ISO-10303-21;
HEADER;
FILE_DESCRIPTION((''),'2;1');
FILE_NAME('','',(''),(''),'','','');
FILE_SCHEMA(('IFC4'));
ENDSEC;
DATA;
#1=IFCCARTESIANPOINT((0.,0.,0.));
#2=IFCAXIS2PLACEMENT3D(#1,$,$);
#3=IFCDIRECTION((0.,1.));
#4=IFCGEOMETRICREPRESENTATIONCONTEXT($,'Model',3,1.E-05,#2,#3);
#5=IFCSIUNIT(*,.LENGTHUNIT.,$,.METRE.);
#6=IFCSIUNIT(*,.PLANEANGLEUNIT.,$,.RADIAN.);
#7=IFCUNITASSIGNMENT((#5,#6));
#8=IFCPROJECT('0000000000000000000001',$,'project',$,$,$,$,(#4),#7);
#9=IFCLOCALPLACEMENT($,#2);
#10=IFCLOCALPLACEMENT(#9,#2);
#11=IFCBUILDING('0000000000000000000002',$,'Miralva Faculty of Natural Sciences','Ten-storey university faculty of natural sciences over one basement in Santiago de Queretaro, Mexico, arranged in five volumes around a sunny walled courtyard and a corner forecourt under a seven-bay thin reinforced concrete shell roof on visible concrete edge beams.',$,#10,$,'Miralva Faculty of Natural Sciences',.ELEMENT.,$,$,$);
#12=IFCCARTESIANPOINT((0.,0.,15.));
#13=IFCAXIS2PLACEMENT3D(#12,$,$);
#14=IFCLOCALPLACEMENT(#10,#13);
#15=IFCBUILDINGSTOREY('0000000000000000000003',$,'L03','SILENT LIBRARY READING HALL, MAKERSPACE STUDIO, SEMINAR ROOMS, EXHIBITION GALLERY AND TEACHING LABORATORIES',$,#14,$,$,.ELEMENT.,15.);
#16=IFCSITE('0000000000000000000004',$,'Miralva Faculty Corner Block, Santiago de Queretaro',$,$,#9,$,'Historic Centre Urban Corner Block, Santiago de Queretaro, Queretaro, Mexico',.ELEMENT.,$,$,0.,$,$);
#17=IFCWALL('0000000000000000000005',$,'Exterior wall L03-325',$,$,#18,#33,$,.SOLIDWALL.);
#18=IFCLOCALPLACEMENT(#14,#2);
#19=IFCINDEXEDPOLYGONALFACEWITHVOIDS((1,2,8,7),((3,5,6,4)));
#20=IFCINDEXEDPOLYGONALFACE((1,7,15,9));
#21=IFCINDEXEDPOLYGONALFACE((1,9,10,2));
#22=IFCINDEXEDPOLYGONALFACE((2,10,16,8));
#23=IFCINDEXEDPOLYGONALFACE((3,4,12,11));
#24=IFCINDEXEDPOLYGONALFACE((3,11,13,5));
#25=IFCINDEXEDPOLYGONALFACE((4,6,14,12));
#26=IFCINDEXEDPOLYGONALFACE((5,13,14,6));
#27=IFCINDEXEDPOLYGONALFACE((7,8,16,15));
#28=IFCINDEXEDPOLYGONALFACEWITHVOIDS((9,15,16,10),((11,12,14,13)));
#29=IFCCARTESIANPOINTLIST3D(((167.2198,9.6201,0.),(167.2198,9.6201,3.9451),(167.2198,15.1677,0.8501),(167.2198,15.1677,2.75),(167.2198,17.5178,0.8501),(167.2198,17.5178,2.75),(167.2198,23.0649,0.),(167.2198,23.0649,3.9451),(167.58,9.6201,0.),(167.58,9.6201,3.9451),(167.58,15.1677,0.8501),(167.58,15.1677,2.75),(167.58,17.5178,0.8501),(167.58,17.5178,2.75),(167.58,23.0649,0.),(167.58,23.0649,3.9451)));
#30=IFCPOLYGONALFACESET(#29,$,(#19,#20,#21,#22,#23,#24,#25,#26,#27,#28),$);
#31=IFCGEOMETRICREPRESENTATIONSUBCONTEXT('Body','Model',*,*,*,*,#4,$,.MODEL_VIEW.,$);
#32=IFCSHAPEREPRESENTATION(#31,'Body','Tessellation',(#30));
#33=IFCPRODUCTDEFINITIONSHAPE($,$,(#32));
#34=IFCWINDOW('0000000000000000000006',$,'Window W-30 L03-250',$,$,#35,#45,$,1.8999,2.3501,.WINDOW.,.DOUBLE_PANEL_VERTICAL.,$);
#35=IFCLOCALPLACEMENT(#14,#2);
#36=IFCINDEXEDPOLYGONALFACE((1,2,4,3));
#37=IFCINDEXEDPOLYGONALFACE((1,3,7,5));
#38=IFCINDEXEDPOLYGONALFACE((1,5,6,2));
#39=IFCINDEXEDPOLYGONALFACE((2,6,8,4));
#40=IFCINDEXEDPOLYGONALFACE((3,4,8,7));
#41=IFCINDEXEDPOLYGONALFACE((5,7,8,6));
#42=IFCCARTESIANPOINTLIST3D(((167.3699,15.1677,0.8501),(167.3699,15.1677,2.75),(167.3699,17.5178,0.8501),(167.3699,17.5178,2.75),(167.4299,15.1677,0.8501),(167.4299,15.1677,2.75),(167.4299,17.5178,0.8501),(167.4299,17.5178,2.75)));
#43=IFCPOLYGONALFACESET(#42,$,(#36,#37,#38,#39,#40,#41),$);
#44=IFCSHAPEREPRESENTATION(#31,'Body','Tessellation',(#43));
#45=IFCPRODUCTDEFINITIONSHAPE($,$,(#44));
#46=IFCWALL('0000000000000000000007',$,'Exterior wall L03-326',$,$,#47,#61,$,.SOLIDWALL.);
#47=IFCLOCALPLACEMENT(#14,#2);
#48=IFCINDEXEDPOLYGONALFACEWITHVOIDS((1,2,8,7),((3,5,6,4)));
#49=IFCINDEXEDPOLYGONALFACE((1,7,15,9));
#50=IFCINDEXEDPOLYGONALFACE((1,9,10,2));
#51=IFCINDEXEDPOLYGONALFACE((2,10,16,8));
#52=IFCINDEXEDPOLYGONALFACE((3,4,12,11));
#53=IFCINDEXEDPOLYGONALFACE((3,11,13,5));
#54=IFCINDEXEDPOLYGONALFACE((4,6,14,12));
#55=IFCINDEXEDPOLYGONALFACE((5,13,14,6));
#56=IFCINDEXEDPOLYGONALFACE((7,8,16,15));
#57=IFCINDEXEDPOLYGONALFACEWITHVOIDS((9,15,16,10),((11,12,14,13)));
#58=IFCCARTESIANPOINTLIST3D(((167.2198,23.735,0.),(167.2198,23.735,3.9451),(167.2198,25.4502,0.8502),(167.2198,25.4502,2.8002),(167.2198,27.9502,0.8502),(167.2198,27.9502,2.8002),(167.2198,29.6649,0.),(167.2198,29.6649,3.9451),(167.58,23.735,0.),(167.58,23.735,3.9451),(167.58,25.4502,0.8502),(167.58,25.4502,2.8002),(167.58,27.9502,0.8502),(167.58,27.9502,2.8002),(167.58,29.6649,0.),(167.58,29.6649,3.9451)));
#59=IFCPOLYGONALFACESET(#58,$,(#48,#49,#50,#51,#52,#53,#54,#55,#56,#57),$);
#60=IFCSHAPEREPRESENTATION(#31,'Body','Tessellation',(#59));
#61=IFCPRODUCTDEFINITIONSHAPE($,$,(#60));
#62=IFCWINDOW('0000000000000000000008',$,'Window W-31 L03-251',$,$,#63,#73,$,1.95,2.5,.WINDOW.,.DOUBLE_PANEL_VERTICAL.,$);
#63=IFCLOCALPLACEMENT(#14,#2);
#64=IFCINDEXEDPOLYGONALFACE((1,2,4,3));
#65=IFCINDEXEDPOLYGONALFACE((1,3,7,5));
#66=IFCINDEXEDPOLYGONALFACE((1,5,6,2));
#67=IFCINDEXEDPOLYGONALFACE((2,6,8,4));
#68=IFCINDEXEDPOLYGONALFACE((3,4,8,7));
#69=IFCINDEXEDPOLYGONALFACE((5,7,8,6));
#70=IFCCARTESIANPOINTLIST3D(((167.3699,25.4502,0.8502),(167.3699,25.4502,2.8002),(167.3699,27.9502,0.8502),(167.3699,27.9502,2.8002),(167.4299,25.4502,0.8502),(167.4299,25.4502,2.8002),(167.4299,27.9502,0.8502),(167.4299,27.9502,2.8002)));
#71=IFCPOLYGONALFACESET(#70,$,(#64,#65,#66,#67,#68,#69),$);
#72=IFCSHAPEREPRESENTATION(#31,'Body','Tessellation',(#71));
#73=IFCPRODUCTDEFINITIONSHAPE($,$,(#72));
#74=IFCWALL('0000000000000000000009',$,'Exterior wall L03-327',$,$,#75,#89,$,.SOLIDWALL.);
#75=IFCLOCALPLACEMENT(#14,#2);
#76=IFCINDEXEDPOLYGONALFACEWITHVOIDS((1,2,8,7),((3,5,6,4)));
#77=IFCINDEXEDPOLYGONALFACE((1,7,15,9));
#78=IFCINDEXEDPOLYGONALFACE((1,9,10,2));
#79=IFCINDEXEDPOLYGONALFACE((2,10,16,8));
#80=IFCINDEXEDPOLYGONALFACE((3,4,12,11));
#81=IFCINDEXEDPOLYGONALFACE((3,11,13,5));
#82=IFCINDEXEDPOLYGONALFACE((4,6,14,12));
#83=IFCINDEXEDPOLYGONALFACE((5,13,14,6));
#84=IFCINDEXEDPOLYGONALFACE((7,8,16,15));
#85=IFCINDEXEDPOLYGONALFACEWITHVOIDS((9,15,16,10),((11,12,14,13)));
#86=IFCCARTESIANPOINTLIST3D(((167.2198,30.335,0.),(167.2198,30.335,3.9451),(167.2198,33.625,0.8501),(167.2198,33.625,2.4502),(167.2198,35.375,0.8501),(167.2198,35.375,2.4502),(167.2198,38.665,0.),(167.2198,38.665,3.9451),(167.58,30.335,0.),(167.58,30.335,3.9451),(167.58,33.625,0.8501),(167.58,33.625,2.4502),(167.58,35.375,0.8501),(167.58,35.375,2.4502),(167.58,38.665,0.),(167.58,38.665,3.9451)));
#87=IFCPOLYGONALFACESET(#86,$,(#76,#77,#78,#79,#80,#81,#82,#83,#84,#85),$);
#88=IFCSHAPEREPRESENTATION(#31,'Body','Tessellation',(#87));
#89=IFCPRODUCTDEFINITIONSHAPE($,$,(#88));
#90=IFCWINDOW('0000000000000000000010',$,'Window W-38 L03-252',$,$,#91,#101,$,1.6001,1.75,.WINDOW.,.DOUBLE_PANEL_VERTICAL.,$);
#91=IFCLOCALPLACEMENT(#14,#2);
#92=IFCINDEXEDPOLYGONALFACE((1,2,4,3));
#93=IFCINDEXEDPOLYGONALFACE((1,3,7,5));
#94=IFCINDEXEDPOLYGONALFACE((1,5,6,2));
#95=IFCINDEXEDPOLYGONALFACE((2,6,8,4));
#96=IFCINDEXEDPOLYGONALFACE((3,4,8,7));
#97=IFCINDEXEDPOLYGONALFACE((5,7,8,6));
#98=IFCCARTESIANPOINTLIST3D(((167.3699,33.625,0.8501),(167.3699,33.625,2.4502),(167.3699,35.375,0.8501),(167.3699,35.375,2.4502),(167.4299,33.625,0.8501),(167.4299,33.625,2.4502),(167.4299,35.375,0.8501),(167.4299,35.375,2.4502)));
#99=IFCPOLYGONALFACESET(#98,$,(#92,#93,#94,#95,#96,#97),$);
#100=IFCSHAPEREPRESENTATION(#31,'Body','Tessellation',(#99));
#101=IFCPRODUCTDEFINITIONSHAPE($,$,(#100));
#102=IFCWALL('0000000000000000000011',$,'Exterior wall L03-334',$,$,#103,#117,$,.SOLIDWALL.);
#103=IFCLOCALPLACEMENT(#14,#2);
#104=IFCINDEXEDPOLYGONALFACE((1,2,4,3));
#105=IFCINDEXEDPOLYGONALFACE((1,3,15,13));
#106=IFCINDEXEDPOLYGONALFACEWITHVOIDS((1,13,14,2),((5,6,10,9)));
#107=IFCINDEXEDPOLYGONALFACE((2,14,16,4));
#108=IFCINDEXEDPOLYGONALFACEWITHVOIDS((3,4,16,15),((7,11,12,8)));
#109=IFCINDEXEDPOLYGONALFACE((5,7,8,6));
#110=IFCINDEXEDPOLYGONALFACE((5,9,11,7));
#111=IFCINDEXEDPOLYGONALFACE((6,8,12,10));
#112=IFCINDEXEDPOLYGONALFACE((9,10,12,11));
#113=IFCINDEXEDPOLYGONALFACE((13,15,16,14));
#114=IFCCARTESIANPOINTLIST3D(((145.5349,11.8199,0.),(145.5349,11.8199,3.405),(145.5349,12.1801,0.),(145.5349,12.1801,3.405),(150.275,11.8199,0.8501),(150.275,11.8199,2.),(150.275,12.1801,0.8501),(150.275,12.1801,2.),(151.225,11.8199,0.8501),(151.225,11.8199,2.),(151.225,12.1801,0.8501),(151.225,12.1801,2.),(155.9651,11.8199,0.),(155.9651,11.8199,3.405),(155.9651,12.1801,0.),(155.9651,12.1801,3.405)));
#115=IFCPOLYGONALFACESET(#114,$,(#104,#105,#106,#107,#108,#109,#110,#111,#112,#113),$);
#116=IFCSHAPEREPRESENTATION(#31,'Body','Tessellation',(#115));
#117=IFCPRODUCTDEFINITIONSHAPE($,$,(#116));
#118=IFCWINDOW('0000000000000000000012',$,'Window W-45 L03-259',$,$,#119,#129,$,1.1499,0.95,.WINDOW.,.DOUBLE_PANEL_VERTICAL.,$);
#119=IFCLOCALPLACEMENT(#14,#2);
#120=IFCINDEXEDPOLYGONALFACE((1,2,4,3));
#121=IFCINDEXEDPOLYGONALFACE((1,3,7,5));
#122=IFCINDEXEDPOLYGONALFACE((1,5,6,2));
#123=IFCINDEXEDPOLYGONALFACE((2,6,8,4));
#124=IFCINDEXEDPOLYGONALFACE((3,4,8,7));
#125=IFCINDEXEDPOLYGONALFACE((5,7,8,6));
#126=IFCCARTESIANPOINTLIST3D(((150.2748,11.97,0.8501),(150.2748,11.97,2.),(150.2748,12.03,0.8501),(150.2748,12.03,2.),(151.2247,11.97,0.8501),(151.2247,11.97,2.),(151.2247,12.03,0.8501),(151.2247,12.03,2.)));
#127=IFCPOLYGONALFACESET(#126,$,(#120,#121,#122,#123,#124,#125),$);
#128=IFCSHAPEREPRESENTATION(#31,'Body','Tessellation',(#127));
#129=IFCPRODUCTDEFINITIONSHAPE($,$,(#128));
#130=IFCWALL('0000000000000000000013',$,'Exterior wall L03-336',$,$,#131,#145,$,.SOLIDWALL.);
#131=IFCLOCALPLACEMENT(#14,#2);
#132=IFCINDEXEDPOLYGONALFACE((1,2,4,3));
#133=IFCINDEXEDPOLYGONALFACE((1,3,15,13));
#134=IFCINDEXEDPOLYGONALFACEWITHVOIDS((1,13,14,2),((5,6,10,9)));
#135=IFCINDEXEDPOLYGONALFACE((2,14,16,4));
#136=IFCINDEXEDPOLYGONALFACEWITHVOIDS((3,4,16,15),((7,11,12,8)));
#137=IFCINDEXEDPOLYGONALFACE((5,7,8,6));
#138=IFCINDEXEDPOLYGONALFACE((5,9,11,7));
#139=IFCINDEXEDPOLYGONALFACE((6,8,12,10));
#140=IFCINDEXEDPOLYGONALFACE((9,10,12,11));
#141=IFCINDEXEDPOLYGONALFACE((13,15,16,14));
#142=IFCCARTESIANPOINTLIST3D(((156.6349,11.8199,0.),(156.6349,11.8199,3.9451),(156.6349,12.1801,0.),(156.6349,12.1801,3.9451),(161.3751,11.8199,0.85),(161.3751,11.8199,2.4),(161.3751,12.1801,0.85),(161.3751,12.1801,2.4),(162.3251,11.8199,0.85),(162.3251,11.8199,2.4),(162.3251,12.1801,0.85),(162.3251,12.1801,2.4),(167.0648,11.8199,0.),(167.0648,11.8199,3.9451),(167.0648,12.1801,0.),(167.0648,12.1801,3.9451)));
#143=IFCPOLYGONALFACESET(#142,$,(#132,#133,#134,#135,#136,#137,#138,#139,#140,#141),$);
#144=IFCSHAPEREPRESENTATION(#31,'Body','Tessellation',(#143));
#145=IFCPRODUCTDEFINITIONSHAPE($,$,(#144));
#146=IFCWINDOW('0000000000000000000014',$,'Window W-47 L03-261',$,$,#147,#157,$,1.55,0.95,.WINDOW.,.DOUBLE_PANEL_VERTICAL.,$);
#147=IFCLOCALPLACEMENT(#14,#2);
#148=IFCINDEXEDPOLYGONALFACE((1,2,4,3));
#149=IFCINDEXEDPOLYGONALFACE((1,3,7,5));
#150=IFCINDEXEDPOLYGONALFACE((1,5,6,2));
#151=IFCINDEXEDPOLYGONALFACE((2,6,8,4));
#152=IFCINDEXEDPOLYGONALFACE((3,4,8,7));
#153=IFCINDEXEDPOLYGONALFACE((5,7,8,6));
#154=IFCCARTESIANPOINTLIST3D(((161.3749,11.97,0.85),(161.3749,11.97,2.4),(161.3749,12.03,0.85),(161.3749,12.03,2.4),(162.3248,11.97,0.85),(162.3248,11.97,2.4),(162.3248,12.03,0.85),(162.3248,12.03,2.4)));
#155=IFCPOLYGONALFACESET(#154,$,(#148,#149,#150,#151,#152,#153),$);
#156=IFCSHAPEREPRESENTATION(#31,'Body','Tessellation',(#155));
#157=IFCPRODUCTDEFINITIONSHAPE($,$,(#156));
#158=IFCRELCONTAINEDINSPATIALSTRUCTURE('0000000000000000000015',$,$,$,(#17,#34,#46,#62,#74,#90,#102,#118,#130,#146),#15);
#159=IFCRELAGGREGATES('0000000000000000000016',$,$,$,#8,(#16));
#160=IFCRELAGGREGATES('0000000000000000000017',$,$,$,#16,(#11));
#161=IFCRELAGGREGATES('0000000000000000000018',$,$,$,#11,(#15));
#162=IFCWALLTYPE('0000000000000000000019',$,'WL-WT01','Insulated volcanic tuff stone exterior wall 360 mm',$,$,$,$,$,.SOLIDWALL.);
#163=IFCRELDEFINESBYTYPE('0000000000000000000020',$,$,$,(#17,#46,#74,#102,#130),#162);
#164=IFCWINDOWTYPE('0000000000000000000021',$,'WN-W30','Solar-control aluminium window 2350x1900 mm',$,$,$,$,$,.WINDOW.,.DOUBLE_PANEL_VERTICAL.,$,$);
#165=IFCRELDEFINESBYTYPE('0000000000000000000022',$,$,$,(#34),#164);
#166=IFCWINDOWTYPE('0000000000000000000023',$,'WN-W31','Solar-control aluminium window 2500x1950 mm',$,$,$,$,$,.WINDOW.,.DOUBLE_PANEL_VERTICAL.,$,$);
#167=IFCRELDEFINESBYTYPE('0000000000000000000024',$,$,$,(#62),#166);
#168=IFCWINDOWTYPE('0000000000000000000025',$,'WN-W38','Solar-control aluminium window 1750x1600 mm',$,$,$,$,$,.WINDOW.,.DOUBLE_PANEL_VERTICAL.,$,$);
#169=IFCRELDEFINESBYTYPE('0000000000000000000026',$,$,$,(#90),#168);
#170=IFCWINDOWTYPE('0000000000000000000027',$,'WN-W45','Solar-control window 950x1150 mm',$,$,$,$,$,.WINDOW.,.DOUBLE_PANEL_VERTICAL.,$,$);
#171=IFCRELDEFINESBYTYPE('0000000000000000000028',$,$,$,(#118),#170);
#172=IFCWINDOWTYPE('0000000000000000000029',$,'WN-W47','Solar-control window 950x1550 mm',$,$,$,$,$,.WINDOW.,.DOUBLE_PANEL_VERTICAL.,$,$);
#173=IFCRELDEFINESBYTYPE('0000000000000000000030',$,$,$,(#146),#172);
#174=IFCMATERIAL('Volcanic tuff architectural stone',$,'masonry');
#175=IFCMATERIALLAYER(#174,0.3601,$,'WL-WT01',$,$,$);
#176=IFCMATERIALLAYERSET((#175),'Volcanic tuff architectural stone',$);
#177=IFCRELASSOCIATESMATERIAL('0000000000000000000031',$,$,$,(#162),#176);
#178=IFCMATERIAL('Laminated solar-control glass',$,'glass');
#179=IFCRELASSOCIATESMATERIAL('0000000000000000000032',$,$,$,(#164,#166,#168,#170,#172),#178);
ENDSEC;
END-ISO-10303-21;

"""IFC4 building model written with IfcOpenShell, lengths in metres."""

from ifc_helpers import new_model, si_unit, direction, frame, frame_2d, origin, place, context, subcontext, project, spatial, rectangle, extrude, material, layer, layer_set, type_object, element, fill, save


model = new_model("IFC4")

# Units and contexts
model_context = context("Model", 3, precision=1e-05, world=origin(), true_north=direction((0.0, 1.0)))
body_context = subcontext(model_context, "Body", "Model", "MODEL_VIEW")
ifc_project = project(units=[si_unit("LENGTHUNIT", "METRE"), si_unit("PLANEANGLEUNIT", "RADIAN")], contexts=[model_context])

# Site, building, storey
site_placement = place(None, origin())
site = spatial("IfcSite", under=ifc_project, at=site_placement, Name="Miralva Faculty Corner Block, Santiago de Queretaro", LongName="Historic Centre Urban Corner Block, Santiago de Queretaro, Queretaro, Mexico", CompositionType="ELEMENT", RefElevation=0.0)
building_placement = place(site_placement, origin())
building = spatial("IfcBuilding", under=site, at=building_placement, Name="Miralva Faculty of Natural Sciences", Description="Ten-storey university faculty of natural sciences over one basement in Santiago de Queretaro, Mexico, arranged in five volumes around a sunny walled courtyard and a corner forecourt under a seven-bay thin reinforced concrete shell roof on visible concrete edge beams.", LongName="Miralva Faculty of Natural Sciences", CompositionType="ELEMENT")
storey_placement = place(building_placement, frame((0.0, 0.0, 15.0)))
storey = spatial("IfcBuildingStorey", under=building, at=storey_placement, Name="L03", Description="SILENT LIBRARY READING HALL, MAKERSPACE STUDIO, SEMINAR ROOMS, EXHIBITION GALLERY AND TEACHING LABORATORIES", CompositionType="ELEMENT", Elevation=15.0)

# Walls, openings, windows
ifc_material_1 = material(Name="Volcanic tuff architectural stone", Category="masonry")
ifc_layer = layer(ifc_material_1, 0.3601, Name="WL-WT01")
ifc_layer_set = layer_set([ifc_layer], Name="Volcanic tuff architectural stone")
wall_type = type_object("IfcWallType", Name="WL-WT01", Description="Insulated volcanic tuff stone exterior wall 360 mm", PredefinedType="SOLIDWALL", material=ifc_layer_set)
wall_1_placement = place(storey_placement, frame((167.3999, 9.6201, 0.0), z_axis=(0.0, 0.0, 1.0), x_axis=(0.0, 1.0, 0.0)))
wall_1 = element("IfcWall", 1, at=wall_1_placement, inside=storey, type_object=wall_type, Name="Exterior wall L03-325", PredefinedType="SOLIDWALL", context=body_context, shape_type="SweptSolid", body=[
    extrude(rectangle(XDim=13.4448, YDim=0.3601, at=frame_2d((6.7224, 0.0))), origin(), (0.0, 0.0, 1.0), 3.9451),
])
opening_1_placement = place(wall_1_placement, frame((5.5476, 0.0, 0.8501)))
opening_1 = element("IfcOpeningElement", 2, at=opening_1_placement, cuts=wall_1, PredefinedType="OPENING", context=body_context, shape_type="SweptSolid", body=[
    extrude(rectangle(XDim=2.3501, YDim=1.8999, at=frame_2d((1.175, 0.95))), frame((0.0, 0.1899, 0.0), z_axis=(0.0, -1.0, 0.0), x_axis=(1.0, 0.0, 0.0)), (0.0, 0.0, 1.0), 0.3801),
])
ifc_material_2 = material(Name="Laminated solar-control glass", Category="glass")
window_type_1 = type_object("IfcWindowType", Name="WN-W30", Description="Solar-control aluminium window 2350x1900 mm", PartitioningType="DOUBLE_PANEL_VERTICAL", PredefinedType="WINDOW", material=ifc_material_2)
window_1_placement = place(opening_1_placement, frame((2.3501, 0.0, 0.0), z_axis=(0.0, 0.0, 1.0), x_axis=(-1.0, 0.0, 0.0)))
window_1 = element("IfcWindow", 3, at=window_1_placement, inside=storey, type_object=window_type_1, Name="Window W-30 L03-250", OverallHeight=1.8999, OverallWidth=2.3501, PartitioningType="DOUBLE_PANEL_VERTICAL", PredefinedType="WINDOW", context=body_context, shape_type="SweptSolid", body=[
    extrude(rectangle(XDim=2.3501, YDim=1.8999, at=frame_2d((1.175, 0.95))), frame((0.0, 0.03, 0.0), z_axis=(0.0, -1.0, 0.0), x_axis=(1.0, 0.0, 0.0)), (0.0, 0.0, 1.0), 0.0601),
])
fill(opening_1, window_1)
wall_2_placement = place(storey_placement, frame((167.3999, 23.7351, 0.0), z_axis=(0.0, 0.0, 1.0), x_axis=(0.0, 1.0, 0.0)))
wall_2 = element("IfcWall", 4, at=wall_2_placement, inside=storey, type_object=wall_type, Name="Exterior wall L03-326", PredefinedType="SOLIDWALL", context=body_context, shape_type="SweptSolid", body=[
    extrude(rectangle(XDim=5.9299, YDim=0.3601, at=frame_2d((2.9648, 0.0))), origin(), (0.0, 0.0, 1.0), 3.9451),
])
opening_2_placement = place(wall_2_placement, frame((1.7151, 0.0, 0.8501)))
opening_2 = element("IfcOpeningElement", 5, at=opening_2_placement, cuts=wall_2, PredefinedType="OPENING", context=body_context, shape_type="SweptSolid", body=[
    extrude(rectangle(XDim=2.5, YDim=1.95, at=frame_2d((1.25, 0.9751))), frame((0.0, 0.1899, 0.0), z_axis=(0.0, -1.0, 0.0), x_axis=(1.0, 0.0, 0.0)), (0.0, 0.0, 1.0), 0.3801),
])
window_type_2 = type_object("IfcWindowType", Name="WN-W31", Description="Solar-control aluminium window 2500x1950 mm", PartitioningType="DOUBLE_PANEL_VERTICAL", PredefinedType="WINDOW", material=ifc_material_2)
window_2_placement = place(opening_2_placement, frame((2.5, 0.0, 0.0), z_axis=(0.0, 0.0, 1.0), x_axis=(-1.0, 0.0, 0.0)))
window_2 = element("IfcWindow", 6, at=window_2_placement, inside=storey, type_object=window_type_2, Name="Window W-31 L03-251", OverallHeight=1.95, OverallWidth=2.5, PartitioningType="DOUBLE_PANEL_VERTICAL", PredefinedType="WINDOW", context=body_context, shape_type="SweptSolid", body=[
    extrude(rectangle(XDim=2.5, YDim=1.95, at=frame_2d((1.25, 0.9751))), frame((0.0, 0.03, 0.0), z_axis=(0.0, -1.0, 0.0), x_axis=(1.0, 0.0, 0.0)), (0.0, 0.0, 1.0), 0.0601),
])
fill(opening_2, window_2)
wall_3_placement = place(storey_placement, frame((167.3999, 30.335, 0.0), z_axis=(0.0, 0.0, 1.0), x_axis=(0.0, 1.0, 0.0)))
wall_3 = element("IfcWall", 7, at=wall_3_placement, inside=storey, type_object=wall_type, Name="Exterior wall L03-327", PredefinedType="SOLIDWALL", context=body_context, shape_type="SweptSolid", body=[
    extrude(rectangle(XDim=8.3301, YDim=0.3601, at=frame_2d((4.165, 0.0))), origin(), (0.0, 0.0, 1.0), 3.9451),
])
opening_3_placement = place(wall_3_placement, frame((3.29, 0.0, 0.8501)))
opening_3 = element("IfcOpeningElement", 8, at=opening_3_placement, cuts=wall_3, PredefinedType="OPENING", context=body_context, shape_type="SweptSolid", body=[
    extrude(rectangle(XDim=1.75, YDim=1.6001, at=frame_2d((0.875, 0.8))), frame((0.0, 0.1899, 0.0), z_axis=(0.0, -1.0, 0.0), x_axis=(1.0, 0.0, 0.0)), (0.0, 0.0, 1.0), 0.3801),
])
window_type_3 = type_object("IfcWindowType", Name="WN-W38", Description="Solar-control aluminium window 1750x1600 mm", PartitioningType="DOUBLE_PANEL_VERTICAL", PredefinedType="WINDOW", material=ifc_material_2)
window_3_placement = place(opening_3_placement, frame((1.75, 0.0, 0.0), z_axis=(0.0, 0.0, 1.0), x_axis=(-1.0, 0.0, 0.0)))
window_3 = element("IfcWindow", 9, at=window_3_placement, inside=storey, type_object=window_type_3, Name="Window W-38 L03-252", OverallHeight=1.6001, OverallWidth=1.75, PartitioningType="DOUBLE_PANEL_VERTICAL", PredefinedType="WINDOW", context=body_context, shape_type="SweptSolid", body=[
    extrude(rectangle(XDim=1.75, YDim=1.6001, at=frame_2d((0.875, 0.8))), frame((0.0, 0.03, 0.0), z_axis=(0.0, -1.0, 0.0), x_axis=(1.0, 0.0, 0.0)), (0.0, 0.0, 1.0), 0.0601),
])
fill(opening_3, window_3)
wall_4_placement = place(storey_placement, frame((145.5349, 12.0, 0.0), z_axis=(0.0, 0.0, 1.0), x_axis=(1.0, 0.0, 0.0)))
wall_4 = element("IfcWall", 10, at=wall_4_placement, inside=storey, type_object=wall_type, Name="Exterior wall L03-334", PredefinedType="SOLIDWALL", context=body_context, shape_type="SweptSolid", body=[
    extrude(rectangle(XDim=10.4302, YDim=0.3601, at=frame_2d((5.2151, 0.0))), origin(), (0.0, 0.0, 1.0), 3.405),
])
opening_4_placement = place(wall_4_placement, frame((4.74, 0.0, 0.8501)))
opening_4 = element("IfcOpeningElement", 11, at=opening_4_placement, cuts=wall_4, PredefinedType="OPENING", context=body_context, shape_type="SweptSolid", body=[
    extrude(rectangle(XDim=0.95, YDim=1.1499, at=frame_2d((0.4751, 0.575))), frame((0.0, 0.1899, 0.0), z_axis=(0.0, -1.0, 0.0), x_axis=(1.0, 0.0, 0.0)), (0.0, 0.0, 1.0), 0.3801),
])
window_type_4 = type_object("IfcWindowType", Name="WN-W45", Description="Solar-control window 950x1150 mm", PartitioningType="DOUBLE_PANEL_VERTICAL", PredefinedType="WINDOW", material=ifc_material_2)
window_4_placement = place(opening_4_placement, frame((0.95, 0.0, 0.0), z_axis=(0.0, 0.0, 1.0), x_axis=(-1.0, 0.0, 0.0)))
window_4 = element("IfcWindow", 12, at=window_4_placement, inside=storey, type_object=window_type_4, Name="Window W-45 L03-259", OverallHeight=1.1499, OverallWidth=0.95, PartitioningType="DOUBLE_PANEL_VERTICAL", PredefinedType="WINDOW", context=body_context, shape_type="SweptSolid", body=[
    extrude(rectangle(XDim=0.95, YDim=1.1499, at=frame_2d((0.4751, 0.575))), frame((0.0, 0.03, 0.0), z_axis=(0.0, -1.0, 0.0), x_axis=(1.0, 0.0, 0.0)), (0.0, 0.0, 1.0), 0.0601),
])
fill(opening_4, window_4)
wall_5_placement = place(storey_placement, frame((156.635, 12.0, 0.0), z_axis=(0.0, 0.0, 1.0), x_axis=(1.0, 0.0, 0.0)))
wall_5 = element("IfcWall", 13, at=wall_5_placement, inside=storey, type_object=wall_type, Name="Exterior wall L03-336", PredefinedType="SOLIDWALL", context=body_context, shape_type="SweptSolid", body=[
    extrude(rectangle(XDim=10.4299, YDim=0.3601, at=frame_2d((5.2148, 0.0))), origin(), (0.0, 0.0, 1.0), 3.9451),
])
opening_5_placement = place(wall_5_placement, frame((4.74, 0.0, 0.8501)))
opening_5 = element("IfcOpeningElement", 14, at=opening_5_placement, cuts=wall_5, PredefinedType="OPENING", context=body_context, shape_type="SweptSolid", body=[
    extrude(rectangle(XDim=0.95, YDim=1.55, at=frame_2d((0.4751, 0.7749))), frame((0.0, 0.1899, 0.0), z_axis=(0.0, -1.0, 0.0), x_axis=(1.0, 0.0, 0.0)), (0.0, 0.0, 1.0), 0.3801),
])
window_type_5 = type_object("IfcWindowType", Name="WN-W47", Description="Solar-control window 950x1550 mm", PartitioningType="DOUBLE_PANEL_VERTICAL", PredefinedType="WINDOW", material=ifc_material_2)
window_5_placement = place(opening_5_placement, frame((0.95, 0.0, 0.0), z_axis=(0.0, 0.0, 1.0), x_axis=(-1.0, 0.0, 0.0)))
window_5 = element("IfcWindow", 15, at=window_5_placement, inside=storey, type_object=window_type_5, Name="Window W-47 L03-261", OverallHeight=1.55, OverallWidth=0.95, PartitioningType="DOUBLE_PANEL_VERTICAL", PredefinedType="WINDOW", context=body_context, shape_type="SweptSolid", body=[
    extrude(rectangle(XDim=0.95, YDim=1.55, at=frame_2d((0.4751, 0.7749))), frame((0.0, 0.03, 0.0), z_axis=(0.0, -1.0, 0.0), x_axis=(1.0, 0.0, 0.0)), (0.0, 0.0, 1.0), 0.0601),
])
fill(opening_5, window_5)

save(model, "model.ifc")
